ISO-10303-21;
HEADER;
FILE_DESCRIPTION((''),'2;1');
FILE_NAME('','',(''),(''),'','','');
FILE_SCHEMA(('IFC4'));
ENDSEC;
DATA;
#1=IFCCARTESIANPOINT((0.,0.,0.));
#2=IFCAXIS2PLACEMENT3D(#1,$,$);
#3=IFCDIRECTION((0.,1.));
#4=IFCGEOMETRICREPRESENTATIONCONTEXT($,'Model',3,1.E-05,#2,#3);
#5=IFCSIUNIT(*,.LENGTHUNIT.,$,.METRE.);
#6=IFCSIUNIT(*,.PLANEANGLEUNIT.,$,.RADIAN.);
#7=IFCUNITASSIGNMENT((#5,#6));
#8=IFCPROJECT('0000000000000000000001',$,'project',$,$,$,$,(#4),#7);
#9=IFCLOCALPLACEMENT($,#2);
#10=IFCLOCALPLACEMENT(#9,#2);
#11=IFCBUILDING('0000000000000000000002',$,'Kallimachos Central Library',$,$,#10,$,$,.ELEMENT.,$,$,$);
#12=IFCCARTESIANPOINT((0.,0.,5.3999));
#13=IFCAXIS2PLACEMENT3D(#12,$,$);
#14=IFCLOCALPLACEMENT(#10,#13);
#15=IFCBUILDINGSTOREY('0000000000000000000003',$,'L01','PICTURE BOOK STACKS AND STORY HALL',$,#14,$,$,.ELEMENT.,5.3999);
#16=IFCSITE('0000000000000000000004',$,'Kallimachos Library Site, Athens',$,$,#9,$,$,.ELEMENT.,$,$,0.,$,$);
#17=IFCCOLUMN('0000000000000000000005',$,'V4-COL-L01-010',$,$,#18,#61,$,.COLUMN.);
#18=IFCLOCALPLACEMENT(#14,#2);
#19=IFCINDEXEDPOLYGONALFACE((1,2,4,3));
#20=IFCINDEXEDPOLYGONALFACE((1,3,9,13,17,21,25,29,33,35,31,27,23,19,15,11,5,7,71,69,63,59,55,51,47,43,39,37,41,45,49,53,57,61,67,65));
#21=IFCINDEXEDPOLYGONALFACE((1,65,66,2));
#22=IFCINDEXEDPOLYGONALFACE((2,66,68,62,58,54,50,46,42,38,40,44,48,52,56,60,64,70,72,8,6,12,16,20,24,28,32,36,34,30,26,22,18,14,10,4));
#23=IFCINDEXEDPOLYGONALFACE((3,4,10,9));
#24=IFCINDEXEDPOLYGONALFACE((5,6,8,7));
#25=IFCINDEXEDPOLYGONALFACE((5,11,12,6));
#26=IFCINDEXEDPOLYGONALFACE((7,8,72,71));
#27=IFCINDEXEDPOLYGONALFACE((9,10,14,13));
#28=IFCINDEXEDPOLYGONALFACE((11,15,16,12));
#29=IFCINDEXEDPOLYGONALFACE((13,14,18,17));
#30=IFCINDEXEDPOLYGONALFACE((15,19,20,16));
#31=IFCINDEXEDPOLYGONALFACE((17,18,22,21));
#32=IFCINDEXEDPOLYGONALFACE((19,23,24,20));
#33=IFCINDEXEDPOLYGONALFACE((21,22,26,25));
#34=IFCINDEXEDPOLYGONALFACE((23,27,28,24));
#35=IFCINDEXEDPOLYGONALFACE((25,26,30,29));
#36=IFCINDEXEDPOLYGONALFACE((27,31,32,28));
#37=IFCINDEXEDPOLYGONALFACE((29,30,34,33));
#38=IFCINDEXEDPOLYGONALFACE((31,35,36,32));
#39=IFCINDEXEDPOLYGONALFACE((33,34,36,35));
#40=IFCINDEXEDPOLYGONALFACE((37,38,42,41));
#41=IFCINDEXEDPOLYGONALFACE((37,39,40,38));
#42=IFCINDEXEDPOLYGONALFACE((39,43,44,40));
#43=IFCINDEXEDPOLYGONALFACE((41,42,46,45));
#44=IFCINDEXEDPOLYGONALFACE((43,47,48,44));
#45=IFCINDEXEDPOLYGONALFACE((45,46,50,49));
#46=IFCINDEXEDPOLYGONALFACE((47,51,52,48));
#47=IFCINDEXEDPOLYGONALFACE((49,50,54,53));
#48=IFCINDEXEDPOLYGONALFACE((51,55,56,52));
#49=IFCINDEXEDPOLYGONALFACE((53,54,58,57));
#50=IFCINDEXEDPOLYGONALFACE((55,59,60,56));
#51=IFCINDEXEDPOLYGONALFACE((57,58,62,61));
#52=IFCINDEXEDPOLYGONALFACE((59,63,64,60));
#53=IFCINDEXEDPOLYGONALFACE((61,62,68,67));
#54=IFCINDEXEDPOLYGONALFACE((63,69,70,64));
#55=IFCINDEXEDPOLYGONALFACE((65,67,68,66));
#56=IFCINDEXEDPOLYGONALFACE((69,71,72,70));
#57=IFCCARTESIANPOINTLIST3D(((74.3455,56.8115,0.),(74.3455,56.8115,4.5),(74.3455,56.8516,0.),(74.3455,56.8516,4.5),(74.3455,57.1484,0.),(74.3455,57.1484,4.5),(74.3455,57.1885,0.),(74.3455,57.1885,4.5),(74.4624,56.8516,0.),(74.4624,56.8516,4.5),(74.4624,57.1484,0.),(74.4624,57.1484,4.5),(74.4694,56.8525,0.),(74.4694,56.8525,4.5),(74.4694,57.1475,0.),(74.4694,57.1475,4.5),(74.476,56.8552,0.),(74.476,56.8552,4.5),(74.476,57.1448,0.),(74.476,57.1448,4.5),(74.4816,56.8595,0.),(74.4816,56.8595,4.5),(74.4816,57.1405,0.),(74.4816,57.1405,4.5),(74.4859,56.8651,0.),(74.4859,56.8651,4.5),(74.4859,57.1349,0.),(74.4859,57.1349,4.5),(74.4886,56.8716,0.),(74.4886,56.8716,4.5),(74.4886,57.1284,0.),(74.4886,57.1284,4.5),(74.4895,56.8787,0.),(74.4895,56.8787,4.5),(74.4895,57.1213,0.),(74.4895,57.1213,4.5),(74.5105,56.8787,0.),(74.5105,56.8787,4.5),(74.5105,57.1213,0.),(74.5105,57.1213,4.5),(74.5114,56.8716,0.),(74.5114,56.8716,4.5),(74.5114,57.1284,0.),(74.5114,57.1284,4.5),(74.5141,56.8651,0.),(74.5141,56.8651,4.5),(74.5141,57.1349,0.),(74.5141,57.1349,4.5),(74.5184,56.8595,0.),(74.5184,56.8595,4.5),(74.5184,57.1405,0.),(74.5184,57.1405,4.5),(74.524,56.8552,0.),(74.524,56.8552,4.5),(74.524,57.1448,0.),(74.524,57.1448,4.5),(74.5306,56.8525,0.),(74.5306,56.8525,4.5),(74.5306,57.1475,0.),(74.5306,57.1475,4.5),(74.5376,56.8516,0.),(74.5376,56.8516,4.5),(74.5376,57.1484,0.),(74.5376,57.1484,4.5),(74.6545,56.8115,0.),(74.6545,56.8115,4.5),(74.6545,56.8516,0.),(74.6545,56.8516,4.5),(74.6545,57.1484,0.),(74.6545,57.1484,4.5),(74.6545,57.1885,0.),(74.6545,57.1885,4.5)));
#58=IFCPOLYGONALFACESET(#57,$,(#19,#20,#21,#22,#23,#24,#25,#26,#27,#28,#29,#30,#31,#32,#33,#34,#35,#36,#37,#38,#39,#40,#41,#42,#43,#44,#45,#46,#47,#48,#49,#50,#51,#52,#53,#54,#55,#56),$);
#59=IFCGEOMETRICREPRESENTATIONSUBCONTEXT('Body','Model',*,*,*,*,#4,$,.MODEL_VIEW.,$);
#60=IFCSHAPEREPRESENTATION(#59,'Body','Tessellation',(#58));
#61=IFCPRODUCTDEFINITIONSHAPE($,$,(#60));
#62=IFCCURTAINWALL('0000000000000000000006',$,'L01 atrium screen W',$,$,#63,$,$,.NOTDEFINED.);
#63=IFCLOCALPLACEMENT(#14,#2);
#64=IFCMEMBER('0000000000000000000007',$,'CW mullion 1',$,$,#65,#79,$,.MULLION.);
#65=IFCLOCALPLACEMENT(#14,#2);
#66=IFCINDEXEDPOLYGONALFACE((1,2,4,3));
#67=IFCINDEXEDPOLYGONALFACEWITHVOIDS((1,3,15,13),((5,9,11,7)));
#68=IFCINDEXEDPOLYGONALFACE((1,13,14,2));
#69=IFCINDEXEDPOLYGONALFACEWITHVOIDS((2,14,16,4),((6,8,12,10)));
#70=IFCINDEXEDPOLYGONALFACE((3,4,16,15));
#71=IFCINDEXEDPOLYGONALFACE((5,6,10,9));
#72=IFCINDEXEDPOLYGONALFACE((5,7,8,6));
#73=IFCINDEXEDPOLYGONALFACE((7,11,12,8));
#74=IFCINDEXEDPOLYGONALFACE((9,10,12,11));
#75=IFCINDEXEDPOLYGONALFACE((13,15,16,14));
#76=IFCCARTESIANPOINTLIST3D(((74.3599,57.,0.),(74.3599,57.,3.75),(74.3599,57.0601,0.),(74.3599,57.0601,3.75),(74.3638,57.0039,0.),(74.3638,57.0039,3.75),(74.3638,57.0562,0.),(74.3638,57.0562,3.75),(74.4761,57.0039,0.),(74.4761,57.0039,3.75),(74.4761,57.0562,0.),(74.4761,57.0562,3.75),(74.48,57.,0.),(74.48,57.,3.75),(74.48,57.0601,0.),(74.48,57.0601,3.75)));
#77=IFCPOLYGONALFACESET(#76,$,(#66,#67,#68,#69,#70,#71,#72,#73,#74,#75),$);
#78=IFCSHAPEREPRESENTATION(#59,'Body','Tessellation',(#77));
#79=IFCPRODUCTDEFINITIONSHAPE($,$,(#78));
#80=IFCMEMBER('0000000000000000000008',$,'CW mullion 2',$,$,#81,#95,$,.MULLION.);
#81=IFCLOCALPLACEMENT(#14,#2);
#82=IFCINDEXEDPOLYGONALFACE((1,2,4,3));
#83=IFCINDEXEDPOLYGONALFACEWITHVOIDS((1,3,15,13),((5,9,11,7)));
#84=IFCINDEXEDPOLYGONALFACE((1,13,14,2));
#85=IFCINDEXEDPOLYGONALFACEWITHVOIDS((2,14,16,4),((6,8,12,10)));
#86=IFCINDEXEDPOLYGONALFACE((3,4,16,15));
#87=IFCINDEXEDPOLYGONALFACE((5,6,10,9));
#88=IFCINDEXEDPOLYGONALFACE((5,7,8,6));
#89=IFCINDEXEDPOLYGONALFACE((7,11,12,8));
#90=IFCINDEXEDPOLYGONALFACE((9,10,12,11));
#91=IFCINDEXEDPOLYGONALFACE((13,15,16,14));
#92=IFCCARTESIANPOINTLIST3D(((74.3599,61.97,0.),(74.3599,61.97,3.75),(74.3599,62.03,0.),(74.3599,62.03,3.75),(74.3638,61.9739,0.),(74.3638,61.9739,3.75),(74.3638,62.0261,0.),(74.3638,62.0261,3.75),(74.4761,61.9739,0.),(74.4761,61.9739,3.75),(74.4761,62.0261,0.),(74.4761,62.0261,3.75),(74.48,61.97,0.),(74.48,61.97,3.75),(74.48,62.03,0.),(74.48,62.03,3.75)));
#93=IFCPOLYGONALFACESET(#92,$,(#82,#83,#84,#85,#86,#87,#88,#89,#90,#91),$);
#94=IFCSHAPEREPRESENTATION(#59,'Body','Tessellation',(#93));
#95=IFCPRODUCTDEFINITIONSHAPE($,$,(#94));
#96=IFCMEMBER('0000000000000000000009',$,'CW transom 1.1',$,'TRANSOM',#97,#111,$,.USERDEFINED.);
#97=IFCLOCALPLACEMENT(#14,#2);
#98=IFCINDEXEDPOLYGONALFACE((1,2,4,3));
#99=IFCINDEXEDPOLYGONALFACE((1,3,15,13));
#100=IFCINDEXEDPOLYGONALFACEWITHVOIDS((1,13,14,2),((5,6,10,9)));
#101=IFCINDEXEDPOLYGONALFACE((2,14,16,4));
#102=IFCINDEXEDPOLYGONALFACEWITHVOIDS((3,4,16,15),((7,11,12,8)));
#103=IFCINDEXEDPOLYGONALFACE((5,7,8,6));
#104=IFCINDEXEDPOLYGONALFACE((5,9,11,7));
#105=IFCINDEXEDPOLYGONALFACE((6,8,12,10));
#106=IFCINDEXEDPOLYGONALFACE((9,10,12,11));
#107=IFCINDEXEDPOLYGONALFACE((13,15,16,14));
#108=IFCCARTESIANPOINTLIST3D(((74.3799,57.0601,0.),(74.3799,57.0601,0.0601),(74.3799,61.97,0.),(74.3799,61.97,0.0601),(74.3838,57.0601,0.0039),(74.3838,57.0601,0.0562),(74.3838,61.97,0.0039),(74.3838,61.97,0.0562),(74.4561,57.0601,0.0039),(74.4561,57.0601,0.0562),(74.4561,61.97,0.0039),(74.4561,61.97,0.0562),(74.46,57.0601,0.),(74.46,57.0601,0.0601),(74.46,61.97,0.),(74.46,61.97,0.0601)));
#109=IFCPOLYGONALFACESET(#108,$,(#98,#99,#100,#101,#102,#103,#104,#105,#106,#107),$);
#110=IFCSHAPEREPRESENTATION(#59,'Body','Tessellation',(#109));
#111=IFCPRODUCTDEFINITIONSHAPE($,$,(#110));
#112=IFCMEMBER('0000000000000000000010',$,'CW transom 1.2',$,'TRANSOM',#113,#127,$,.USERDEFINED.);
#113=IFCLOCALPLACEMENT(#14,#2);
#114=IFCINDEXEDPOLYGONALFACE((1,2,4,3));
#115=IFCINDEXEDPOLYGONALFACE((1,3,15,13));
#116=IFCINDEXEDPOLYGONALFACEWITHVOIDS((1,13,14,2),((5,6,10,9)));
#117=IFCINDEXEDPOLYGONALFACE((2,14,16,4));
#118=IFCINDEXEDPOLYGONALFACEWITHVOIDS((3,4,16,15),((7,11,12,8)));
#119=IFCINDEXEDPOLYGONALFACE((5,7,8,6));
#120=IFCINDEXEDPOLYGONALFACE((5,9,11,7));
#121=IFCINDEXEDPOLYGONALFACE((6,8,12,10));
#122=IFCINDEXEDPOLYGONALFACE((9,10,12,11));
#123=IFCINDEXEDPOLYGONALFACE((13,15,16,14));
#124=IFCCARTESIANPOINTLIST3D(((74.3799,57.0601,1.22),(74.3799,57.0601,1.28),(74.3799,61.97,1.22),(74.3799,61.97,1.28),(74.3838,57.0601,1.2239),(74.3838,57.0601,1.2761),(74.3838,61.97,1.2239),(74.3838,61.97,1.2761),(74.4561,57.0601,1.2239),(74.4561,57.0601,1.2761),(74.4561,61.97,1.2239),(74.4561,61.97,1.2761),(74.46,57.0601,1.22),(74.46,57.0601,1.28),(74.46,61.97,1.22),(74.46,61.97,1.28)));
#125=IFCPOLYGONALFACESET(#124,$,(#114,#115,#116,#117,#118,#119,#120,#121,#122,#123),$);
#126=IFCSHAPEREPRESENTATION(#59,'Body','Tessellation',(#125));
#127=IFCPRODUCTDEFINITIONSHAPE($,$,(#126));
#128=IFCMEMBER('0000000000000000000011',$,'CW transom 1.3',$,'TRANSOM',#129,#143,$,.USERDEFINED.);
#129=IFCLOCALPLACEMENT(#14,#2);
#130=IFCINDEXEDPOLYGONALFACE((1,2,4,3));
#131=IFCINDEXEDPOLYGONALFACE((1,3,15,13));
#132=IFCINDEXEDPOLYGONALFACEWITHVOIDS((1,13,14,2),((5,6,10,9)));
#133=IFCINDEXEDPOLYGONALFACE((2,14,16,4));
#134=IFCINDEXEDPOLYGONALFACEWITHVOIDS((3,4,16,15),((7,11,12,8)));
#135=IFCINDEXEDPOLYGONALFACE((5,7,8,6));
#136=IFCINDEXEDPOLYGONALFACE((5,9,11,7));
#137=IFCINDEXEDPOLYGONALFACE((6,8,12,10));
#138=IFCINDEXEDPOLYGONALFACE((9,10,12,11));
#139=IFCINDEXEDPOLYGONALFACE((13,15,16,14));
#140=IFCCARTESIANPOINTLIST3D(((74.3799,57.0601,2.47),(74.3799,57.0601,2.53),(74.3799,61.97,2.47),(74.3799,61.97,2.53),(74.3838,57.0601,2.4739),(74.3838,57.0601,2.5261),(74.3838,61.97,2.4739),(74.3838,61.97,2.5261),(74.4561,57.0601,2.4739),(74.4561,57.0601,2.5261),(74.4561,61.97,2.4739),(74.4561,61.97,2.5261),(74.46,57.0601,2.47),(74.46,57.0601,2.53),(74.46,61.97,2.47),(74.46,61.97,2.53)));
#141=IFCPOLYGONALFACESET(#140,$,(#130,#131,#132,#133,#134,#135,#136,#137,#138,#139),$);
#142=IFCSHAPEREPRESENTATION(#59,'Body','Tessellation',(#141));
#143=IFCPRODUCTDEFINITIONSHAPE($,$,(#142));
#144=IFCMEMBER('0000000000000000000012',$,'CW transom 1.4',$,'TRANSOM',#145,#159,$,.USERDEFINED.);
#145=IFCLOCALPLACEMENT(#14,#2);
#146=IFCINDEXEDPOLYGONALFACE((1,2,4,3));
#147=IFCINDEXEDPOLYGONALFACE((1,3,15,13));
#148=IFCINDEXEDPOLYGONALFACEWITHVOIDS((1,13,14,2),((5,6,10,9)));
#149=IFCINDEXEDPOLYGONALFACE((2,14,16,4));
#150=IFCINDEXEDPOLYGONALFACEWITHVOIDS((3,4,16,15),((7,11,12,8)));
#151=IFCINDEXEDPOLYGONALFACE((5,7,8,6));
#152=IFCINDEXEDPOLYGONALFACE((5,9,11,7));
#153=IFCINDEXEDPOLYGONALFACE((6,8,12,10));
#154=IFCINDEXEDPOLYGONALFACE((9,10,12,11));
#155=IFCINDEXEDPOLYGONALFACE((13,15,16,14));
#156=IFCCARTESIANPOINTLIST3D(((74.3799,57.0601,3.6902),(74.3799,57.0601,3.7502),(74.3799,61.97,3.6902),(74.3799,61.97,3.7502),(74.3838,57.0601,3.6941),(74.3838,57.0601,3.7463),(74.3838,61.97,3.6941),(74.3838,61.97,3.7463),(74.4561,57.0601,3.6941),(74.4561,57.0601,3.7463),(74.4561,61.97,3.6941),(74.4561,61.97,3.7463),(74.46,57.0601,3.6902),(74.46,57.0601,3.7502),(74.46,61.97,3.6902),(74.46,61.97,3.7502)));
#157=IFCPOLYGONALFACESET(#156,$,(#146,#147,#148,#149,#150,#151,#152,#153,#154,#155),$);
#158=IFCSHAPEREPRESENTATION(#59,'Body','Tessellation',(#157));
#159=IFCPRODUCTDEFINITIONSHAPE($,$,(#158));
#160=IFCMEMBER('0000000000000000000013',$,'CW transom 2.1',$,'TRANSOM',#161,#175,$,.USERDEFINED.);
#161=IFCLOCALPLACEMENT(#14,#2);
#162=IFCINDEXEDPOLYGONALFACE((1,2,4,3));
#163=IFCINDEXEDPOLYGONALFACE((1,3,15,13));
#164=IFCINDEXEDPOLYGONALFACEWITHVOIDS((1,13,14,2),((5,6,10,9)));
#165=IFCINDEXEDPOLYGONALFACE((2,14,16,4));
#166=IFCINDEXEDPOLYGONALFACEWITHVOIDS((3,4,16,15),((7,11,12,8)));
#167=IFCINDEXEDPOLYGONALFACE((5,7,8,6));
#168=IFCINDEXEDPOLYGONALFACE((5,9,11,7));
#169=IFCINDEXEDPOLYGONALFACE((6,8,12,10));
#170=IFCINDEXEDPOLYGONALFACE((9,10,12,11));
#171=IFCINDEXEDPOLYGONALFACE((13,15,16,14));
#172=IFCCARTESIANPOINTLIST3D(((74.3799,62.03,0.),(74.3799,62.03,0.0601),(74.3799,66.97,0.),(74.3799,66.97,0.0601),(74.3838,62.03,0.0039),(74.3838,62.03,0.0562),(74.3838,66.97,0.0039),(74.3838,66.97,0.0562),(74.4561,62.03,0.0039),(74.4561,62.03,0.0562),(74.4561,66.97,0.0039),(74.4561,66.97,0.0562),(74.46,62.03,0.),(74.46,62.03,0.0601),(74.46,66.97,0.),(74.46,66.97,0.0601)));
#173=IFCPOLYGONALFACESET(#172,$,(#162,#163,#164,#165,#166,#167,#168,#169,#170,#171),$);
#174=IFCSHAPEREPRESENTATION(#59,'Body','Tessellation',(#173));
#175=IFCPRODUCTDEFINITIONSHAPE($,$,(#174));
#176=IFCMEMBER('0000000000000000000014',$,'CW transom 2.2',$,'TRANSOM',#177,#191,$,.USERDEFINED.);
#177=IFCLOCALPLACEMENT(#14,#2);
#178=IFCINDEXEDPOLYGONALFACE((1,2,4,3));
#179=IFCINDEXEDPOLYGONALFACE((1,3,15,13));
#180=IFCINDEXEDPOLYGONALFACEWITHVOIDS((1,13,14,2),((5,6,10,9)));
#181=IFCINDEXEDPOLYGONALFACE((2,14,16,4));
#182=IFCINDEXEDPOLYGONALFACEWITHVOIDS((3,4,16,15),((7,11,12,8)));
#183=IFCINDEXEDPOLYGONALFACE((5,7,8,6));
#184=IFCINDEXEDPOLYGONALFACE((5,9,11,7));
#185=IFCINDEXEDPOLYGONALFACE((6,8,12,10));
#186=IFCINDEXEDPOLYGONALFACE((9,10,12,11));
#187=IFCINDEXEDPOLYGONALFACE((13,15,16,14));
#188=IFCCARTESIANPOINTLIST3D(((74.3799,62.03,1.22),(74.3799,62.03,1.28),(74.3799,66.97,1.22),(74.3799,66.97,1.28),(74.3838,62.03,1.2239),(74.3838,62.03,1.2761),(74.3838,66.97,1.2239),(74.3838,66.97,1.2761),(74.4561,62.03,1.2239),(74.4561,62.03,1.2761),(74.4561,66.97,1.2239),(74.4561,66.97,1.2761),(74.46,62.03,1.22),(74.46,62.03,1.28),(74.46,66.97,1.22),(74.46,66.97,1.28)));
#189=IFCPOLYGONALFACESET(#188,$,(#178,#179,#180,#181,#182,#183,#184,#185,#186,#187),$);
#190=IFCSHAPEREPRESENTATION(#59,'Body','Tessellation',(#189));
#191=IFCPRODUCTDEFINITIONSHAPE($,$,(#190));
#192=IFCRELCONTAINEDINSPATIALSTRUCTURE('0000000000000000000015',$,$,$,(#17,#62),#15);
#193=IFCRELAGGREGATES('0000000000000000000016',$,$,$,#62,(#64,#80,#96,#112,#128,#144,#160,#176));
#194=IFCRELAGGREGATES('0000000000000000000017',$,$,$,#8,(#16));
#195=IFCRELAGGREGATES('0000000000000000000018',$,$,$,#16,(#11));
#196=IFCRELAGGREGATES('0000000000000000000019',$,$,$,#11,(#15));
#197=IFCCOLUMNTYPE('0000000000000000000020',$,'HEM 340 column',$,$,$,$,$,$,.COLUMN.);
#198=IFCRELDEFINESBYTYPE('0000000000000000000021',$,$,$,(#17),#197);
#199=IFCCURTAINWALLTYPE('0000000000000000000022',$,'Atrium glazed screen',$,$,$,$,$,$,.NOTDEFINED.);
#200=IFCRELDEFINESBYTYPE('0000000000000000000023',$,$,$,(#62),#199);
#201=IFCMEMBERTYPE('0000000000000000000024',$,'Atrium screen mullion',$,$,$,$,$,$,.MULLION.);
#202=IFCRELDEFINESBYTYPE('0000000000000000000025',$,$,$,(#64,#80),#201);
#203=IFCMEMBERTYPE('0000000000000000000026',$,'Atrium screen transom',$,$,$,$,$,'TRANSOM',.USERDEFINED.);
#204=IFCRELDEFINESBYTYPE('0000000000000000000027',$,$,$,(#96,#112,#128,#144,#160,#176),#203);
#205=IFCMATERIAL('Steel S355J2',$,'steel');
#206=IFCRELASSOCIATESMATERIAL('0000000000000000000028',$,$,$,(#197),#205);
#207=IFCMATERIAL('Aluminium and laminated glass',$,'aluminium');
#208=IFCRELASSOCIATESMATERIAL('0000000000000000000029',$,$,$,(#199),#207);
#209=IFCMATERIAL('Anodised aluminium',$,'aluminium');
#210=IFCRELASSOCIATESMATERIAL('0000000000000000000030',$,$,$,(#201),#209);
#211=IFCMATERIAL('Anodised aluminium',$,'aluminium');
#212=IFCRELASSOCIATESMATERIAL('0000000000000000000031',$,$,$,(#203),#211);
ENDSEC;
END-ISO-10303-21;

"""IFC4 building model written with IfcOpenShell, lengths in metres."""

from ifc_helpers import new_model, si_unit, direction, frame, origin, origin_2d, place, context, subcontext, project, spatial, hollow_rectangle, i_section, extrude, material, material_profile, profile_set, type_object, element, aggregate, save


model = new_model("IFC4")

# Units and contexts
model_context = context("Model", 3, precision=1e-05, world=origin(), true_north=direction((0.0, 1.0)))
body_context = subcontext(model_context, "Body", "Model", "MODEL_VIEW")
ifc_project = project(units=[si_unit("LENGTHUNIT", "METRE"), si_unit("PLANEANGLEUNIT", "RADIAN")], contexts=[model_context])

# Site, building, storey
site_placement = place(None, origin())
site = spatial("IfcSite", under=ifc_project, at=site_placement, Name="Kallimachos Library Site, Athens", CompositionType="ELEMENT", RefElevation=0.0)
building_placement = place(site_placement, origin())
building = spatial("IfcBuilding", under=site, at=building_placement, Name="Kallimachos Central Library", CompositionType="ELEMENT")
storey_placement = place(building_placement, frame((0.0, 0.0, 5.3999)))
storey = spatial("IfcBuildingStorey", under=building, at=storey_placement, Name="L01", Description="PICTURE BOOK STACKS AND STORY HALL", CompositionType="ELEMENT", Elevation=5.3999)

# Column
ifc_material_1 = material(Name="Steel S355J2", Category="steel")
ifc_material_profile_1 = material_profile(ifc_material_1, i_section(OverallWidth=0.3091, OverallDepth=0.377, WebThickness=0.021, FlangeThickness=0.04, FilletRadius=0.0271, at=origin_2d()), Name="HEM 340")
ifc_profile_set_1 = profile_set([ifc_material_profile_1], Name="Steel S355J2")
column_type = type_object("IfcColumnType", Name="HEM 340 column", PredefinedType="COLUMN", material=ifc_profile_set_1)
column_placement = place(storey_placement, frame((74.5, 57.0, 0.0), z_axis=(0.0, 0.0, 1.0), x_axis=(1.0, 0.0, 0.0)))
element("IfcColumn", 1, at=column_placement, inside=storey, type_object=column_type, Name="V4-COL-L01-010", PredefinedType="COLUMN", context=body_context, shape_type="SweptSolid", body=[
    extrude(i_section(OverallWidth=0.3091, OverallDepth=0.377, WebThickness=0.021, FlangeThickness=0.04, FilletRadius=0.0271, at=origin_2d()), origin(), (0.0, 0.0, 1.0), 4.5),
])

# Curtain wall, members
ifc_material_2 = material(Name="Aluminium and laminated glass", Category="aluminium")
curtain_wall_type = type_object("IfcCurtainWallType", Name="Atrium glazed screen", PredefinedType="NOTDEFINED", material=ifc_material_2)
curtain_wall_1_placement = place(storey_placement, origin())
curtain_wall_1 = element("IfcCurtainWall", 2, at=curtain_wall_1_placement, inside=storey, type_object=curtain_wall_type, Name="L01 atrium screen W", PredefinedType="NOTDEFINED")
ifc_material_3 = material(Name="Anodised aluminium", Category="aluminium")
ifc_material_profile_2 = material_profile(ifc_material_3, hollow_rectangle(XDim=0.0601, YDim=0.1201, WallThickness=0.0039, at=origin_2d()), Name="ALU MULLION 60x120")
ifc_profile_set_2 = profile_set([ifc_material_profile_2], Name="Anodised aluminium")
member_type_1 = type_object("IfcMemberType", Name="Atrium screen mullion", PredefinedType="MULLION", material=ifc_profile_set_2)
member_1_placement = place(storey_placement, frame((74.4199, 57.03, 0.0), z_axis=(0.0, 0.0, 1.0), x_axis=(0.0, 1.0, 0.0)))
member_1 = element("IfcMember", 3, at=member_1_placement, type_object=member_type_1, Name="CW mullion 1", PredefinedType="MULLION", context=body_context, shape_type="SweptSolid", body=[
    extrude(hollow_rectangle(XDim=0.0601, YDim=0.1201, WallThickness=0.0039, at=origin_2d()), origin(), (0.0, 0.0, 1.0), 3.75),
])
member_2_placement = place(storey_placement, frame((74.4199, 62.0, 0.0), z_axis=(0.0, 0.0, 1.0), x_axis=(0.0, 1.0, 0.0)))
member_2 = element("IfcMember", 4, at=member_2_placement, type_object=member_type_1, Name="CW mullion 2", PredefinedType="MULLION", context=body_context, shape_type="SweptSolid", body=[
    extrude(hollow_rectangle(XDim=0.0601, YDim=0.1201, WallThickness=0.0039, at=origin_2d()), origin(), (0.0, 0.0, 1.0), 3.75),
])
ifc_material_4 = material(Name="Anodised aluminium", Category="aluminium")
ifc_material_profile_3 = material_profile(ifc_material_4, hollow_rectangle(XDim=0.0601, YDim=0.0801, WallThickness=0.0039, at=origin_2d()), Name="ALU TRANSOM 60x80")
ifc_profile_set_3 = profile_set([ifc_material_profile_3], Name="Anodised aluminium")
member_type_2 = type_object("IfcMemberType", Name="Atrium screen transom", ElementType="TRANSOM", PredefinedType="USERDEFINED", material=ifc_profile_set_3)
member_3_placement = place(storey_placement, frame((74.4199, 57.0601, 0.03), z_axis=(0.0, 1.0, 0.0), x_axis=(0.0, 0.0, 1.0)))
member_3 = element("IfcMember", 5, at=member_3_placement, type_object=member_type_2, Name="CW transom 1.1", ObjectType="TRANSOM", PredefinedType="USERDEFINED", context=body_context, shape_type="SweptSolid", body=[
    extrude(hollow_rectangle(XDim=0.0601, YDim=0.0801, WallThickness=0.0039, at=origin_2d()), origin(), (0.0, 0.0, 1.0), 4.9099),
])
member_4_placement = place(storey_placement, frame((74.4199, 57.0601, 1.25), z_axis=(0.0, 1.0, 0.0), x_axis=(0.0, 0.0, 1.0)))
member_4 = element("IfcMember", 6, at=member_4_placement, type_object=member_type_2, Name="CW transom 1.2", ObjectType="TRANSOM", PredefinedType="USERDEFINED", context=body_context, shape_type="SweptSolid", body=[
    extrude(hollow_rectangle(XDim=0.0601, YDim=0.0801, WallThickness=0.0039, at=origin_2d()), origin(), (0.0, 0.0, 1.0), 4.9099),
])
member_5_placement = place(storey_placement, frame((74.4199, 57.0601, 2.5), z_axis=(0.0, 1.0, 0.0), x_axis=(0.0, 0.0, 1.0)))
member_5 = element("IfcMember", 7, at=member_5_placement, type_object=member_type_2, Name="CW transom 1.3", ObjectType="TRANSOM", PredefinedType="USERDEFINED", context=body_context, shape_type="SweptSolid", body=[
    extrude(hollow_rectangle(XDim=0.0601, YDim=0.0801, WallThickness=0.0039, at=origin_2d()), origin(), (0.0, 0.0, 1.0), 4.9099),
])
member_6_placement = place(storey_placement, frame((74.4199, 57.0601, 3.7202), z_axis=(0.0, 1.0, 0.0), x_axis=(0.0, 0.0, 1.0)))
member_6 = element("IfcMember", 8, at=member_6_placement, type_object=member_type_2, Name="CW transom 1.4", ObjectType="TRANSOM", PredefinedType="USERDEFINED", context=body_context, shape_type="SweptSolid", body=[
    extrude(hollow_rectangle(XDim=0.0601, YDim=0.0801, WallThickness=0.0039, at=origin_2d()), origin(), (0.0, 0.0, 1.0), 4.9099),
])
member_7_placement = place(storey_placement, frame((74.4199, 62.03, 0.03), z_axis=(0.0, 1.0, 0.0), x_axis=(0.0, 0.0, 1.0)))
member_7 = element("IfcMember", 9, at=member_7_placement, type_object=member_type_2, Name="CW transom 2.1", ObjectType="TRANSOM", PredefinedType="USERDEFINED", context=body_context, shape_type="SweptSolid", body=[
    extrude(hollow_rectangle(XDim=0.0601, YDim=0.0801, WallThickness=0.0039, at=origin_2d()), origin(), (0.0, 0.0, 1.0), 4.9399),
])
member_8_placement = place(storey_placement, frame((74.4199, 62.03, 1.25), z_axis=(0.0, 1.0, 0.0), x_axis=(0.0, 0.0, 1.0)))
member_8 = element("IfcMember", 10, at=member_8_placement, type_object=member_type_2, Name="CW transom 2.2", ObjectType="TRANSOM", PredefinedType="USERDEFINED", context=body_context, shape_type="SweptSolid", body=[
    extrude(hollow_rectangle(XDim=0.0601, YDim=0.0801, WallThickness=0.0039, at=origin_2d()), origin(), (0.0, 0.0, 1.0), 4.9399),
])

aggregate(curtain_wall_1, [member_1, member_2, member_3, member_4, member_5, member_6, member_7, member_8])

save(model, "model.ifc")
